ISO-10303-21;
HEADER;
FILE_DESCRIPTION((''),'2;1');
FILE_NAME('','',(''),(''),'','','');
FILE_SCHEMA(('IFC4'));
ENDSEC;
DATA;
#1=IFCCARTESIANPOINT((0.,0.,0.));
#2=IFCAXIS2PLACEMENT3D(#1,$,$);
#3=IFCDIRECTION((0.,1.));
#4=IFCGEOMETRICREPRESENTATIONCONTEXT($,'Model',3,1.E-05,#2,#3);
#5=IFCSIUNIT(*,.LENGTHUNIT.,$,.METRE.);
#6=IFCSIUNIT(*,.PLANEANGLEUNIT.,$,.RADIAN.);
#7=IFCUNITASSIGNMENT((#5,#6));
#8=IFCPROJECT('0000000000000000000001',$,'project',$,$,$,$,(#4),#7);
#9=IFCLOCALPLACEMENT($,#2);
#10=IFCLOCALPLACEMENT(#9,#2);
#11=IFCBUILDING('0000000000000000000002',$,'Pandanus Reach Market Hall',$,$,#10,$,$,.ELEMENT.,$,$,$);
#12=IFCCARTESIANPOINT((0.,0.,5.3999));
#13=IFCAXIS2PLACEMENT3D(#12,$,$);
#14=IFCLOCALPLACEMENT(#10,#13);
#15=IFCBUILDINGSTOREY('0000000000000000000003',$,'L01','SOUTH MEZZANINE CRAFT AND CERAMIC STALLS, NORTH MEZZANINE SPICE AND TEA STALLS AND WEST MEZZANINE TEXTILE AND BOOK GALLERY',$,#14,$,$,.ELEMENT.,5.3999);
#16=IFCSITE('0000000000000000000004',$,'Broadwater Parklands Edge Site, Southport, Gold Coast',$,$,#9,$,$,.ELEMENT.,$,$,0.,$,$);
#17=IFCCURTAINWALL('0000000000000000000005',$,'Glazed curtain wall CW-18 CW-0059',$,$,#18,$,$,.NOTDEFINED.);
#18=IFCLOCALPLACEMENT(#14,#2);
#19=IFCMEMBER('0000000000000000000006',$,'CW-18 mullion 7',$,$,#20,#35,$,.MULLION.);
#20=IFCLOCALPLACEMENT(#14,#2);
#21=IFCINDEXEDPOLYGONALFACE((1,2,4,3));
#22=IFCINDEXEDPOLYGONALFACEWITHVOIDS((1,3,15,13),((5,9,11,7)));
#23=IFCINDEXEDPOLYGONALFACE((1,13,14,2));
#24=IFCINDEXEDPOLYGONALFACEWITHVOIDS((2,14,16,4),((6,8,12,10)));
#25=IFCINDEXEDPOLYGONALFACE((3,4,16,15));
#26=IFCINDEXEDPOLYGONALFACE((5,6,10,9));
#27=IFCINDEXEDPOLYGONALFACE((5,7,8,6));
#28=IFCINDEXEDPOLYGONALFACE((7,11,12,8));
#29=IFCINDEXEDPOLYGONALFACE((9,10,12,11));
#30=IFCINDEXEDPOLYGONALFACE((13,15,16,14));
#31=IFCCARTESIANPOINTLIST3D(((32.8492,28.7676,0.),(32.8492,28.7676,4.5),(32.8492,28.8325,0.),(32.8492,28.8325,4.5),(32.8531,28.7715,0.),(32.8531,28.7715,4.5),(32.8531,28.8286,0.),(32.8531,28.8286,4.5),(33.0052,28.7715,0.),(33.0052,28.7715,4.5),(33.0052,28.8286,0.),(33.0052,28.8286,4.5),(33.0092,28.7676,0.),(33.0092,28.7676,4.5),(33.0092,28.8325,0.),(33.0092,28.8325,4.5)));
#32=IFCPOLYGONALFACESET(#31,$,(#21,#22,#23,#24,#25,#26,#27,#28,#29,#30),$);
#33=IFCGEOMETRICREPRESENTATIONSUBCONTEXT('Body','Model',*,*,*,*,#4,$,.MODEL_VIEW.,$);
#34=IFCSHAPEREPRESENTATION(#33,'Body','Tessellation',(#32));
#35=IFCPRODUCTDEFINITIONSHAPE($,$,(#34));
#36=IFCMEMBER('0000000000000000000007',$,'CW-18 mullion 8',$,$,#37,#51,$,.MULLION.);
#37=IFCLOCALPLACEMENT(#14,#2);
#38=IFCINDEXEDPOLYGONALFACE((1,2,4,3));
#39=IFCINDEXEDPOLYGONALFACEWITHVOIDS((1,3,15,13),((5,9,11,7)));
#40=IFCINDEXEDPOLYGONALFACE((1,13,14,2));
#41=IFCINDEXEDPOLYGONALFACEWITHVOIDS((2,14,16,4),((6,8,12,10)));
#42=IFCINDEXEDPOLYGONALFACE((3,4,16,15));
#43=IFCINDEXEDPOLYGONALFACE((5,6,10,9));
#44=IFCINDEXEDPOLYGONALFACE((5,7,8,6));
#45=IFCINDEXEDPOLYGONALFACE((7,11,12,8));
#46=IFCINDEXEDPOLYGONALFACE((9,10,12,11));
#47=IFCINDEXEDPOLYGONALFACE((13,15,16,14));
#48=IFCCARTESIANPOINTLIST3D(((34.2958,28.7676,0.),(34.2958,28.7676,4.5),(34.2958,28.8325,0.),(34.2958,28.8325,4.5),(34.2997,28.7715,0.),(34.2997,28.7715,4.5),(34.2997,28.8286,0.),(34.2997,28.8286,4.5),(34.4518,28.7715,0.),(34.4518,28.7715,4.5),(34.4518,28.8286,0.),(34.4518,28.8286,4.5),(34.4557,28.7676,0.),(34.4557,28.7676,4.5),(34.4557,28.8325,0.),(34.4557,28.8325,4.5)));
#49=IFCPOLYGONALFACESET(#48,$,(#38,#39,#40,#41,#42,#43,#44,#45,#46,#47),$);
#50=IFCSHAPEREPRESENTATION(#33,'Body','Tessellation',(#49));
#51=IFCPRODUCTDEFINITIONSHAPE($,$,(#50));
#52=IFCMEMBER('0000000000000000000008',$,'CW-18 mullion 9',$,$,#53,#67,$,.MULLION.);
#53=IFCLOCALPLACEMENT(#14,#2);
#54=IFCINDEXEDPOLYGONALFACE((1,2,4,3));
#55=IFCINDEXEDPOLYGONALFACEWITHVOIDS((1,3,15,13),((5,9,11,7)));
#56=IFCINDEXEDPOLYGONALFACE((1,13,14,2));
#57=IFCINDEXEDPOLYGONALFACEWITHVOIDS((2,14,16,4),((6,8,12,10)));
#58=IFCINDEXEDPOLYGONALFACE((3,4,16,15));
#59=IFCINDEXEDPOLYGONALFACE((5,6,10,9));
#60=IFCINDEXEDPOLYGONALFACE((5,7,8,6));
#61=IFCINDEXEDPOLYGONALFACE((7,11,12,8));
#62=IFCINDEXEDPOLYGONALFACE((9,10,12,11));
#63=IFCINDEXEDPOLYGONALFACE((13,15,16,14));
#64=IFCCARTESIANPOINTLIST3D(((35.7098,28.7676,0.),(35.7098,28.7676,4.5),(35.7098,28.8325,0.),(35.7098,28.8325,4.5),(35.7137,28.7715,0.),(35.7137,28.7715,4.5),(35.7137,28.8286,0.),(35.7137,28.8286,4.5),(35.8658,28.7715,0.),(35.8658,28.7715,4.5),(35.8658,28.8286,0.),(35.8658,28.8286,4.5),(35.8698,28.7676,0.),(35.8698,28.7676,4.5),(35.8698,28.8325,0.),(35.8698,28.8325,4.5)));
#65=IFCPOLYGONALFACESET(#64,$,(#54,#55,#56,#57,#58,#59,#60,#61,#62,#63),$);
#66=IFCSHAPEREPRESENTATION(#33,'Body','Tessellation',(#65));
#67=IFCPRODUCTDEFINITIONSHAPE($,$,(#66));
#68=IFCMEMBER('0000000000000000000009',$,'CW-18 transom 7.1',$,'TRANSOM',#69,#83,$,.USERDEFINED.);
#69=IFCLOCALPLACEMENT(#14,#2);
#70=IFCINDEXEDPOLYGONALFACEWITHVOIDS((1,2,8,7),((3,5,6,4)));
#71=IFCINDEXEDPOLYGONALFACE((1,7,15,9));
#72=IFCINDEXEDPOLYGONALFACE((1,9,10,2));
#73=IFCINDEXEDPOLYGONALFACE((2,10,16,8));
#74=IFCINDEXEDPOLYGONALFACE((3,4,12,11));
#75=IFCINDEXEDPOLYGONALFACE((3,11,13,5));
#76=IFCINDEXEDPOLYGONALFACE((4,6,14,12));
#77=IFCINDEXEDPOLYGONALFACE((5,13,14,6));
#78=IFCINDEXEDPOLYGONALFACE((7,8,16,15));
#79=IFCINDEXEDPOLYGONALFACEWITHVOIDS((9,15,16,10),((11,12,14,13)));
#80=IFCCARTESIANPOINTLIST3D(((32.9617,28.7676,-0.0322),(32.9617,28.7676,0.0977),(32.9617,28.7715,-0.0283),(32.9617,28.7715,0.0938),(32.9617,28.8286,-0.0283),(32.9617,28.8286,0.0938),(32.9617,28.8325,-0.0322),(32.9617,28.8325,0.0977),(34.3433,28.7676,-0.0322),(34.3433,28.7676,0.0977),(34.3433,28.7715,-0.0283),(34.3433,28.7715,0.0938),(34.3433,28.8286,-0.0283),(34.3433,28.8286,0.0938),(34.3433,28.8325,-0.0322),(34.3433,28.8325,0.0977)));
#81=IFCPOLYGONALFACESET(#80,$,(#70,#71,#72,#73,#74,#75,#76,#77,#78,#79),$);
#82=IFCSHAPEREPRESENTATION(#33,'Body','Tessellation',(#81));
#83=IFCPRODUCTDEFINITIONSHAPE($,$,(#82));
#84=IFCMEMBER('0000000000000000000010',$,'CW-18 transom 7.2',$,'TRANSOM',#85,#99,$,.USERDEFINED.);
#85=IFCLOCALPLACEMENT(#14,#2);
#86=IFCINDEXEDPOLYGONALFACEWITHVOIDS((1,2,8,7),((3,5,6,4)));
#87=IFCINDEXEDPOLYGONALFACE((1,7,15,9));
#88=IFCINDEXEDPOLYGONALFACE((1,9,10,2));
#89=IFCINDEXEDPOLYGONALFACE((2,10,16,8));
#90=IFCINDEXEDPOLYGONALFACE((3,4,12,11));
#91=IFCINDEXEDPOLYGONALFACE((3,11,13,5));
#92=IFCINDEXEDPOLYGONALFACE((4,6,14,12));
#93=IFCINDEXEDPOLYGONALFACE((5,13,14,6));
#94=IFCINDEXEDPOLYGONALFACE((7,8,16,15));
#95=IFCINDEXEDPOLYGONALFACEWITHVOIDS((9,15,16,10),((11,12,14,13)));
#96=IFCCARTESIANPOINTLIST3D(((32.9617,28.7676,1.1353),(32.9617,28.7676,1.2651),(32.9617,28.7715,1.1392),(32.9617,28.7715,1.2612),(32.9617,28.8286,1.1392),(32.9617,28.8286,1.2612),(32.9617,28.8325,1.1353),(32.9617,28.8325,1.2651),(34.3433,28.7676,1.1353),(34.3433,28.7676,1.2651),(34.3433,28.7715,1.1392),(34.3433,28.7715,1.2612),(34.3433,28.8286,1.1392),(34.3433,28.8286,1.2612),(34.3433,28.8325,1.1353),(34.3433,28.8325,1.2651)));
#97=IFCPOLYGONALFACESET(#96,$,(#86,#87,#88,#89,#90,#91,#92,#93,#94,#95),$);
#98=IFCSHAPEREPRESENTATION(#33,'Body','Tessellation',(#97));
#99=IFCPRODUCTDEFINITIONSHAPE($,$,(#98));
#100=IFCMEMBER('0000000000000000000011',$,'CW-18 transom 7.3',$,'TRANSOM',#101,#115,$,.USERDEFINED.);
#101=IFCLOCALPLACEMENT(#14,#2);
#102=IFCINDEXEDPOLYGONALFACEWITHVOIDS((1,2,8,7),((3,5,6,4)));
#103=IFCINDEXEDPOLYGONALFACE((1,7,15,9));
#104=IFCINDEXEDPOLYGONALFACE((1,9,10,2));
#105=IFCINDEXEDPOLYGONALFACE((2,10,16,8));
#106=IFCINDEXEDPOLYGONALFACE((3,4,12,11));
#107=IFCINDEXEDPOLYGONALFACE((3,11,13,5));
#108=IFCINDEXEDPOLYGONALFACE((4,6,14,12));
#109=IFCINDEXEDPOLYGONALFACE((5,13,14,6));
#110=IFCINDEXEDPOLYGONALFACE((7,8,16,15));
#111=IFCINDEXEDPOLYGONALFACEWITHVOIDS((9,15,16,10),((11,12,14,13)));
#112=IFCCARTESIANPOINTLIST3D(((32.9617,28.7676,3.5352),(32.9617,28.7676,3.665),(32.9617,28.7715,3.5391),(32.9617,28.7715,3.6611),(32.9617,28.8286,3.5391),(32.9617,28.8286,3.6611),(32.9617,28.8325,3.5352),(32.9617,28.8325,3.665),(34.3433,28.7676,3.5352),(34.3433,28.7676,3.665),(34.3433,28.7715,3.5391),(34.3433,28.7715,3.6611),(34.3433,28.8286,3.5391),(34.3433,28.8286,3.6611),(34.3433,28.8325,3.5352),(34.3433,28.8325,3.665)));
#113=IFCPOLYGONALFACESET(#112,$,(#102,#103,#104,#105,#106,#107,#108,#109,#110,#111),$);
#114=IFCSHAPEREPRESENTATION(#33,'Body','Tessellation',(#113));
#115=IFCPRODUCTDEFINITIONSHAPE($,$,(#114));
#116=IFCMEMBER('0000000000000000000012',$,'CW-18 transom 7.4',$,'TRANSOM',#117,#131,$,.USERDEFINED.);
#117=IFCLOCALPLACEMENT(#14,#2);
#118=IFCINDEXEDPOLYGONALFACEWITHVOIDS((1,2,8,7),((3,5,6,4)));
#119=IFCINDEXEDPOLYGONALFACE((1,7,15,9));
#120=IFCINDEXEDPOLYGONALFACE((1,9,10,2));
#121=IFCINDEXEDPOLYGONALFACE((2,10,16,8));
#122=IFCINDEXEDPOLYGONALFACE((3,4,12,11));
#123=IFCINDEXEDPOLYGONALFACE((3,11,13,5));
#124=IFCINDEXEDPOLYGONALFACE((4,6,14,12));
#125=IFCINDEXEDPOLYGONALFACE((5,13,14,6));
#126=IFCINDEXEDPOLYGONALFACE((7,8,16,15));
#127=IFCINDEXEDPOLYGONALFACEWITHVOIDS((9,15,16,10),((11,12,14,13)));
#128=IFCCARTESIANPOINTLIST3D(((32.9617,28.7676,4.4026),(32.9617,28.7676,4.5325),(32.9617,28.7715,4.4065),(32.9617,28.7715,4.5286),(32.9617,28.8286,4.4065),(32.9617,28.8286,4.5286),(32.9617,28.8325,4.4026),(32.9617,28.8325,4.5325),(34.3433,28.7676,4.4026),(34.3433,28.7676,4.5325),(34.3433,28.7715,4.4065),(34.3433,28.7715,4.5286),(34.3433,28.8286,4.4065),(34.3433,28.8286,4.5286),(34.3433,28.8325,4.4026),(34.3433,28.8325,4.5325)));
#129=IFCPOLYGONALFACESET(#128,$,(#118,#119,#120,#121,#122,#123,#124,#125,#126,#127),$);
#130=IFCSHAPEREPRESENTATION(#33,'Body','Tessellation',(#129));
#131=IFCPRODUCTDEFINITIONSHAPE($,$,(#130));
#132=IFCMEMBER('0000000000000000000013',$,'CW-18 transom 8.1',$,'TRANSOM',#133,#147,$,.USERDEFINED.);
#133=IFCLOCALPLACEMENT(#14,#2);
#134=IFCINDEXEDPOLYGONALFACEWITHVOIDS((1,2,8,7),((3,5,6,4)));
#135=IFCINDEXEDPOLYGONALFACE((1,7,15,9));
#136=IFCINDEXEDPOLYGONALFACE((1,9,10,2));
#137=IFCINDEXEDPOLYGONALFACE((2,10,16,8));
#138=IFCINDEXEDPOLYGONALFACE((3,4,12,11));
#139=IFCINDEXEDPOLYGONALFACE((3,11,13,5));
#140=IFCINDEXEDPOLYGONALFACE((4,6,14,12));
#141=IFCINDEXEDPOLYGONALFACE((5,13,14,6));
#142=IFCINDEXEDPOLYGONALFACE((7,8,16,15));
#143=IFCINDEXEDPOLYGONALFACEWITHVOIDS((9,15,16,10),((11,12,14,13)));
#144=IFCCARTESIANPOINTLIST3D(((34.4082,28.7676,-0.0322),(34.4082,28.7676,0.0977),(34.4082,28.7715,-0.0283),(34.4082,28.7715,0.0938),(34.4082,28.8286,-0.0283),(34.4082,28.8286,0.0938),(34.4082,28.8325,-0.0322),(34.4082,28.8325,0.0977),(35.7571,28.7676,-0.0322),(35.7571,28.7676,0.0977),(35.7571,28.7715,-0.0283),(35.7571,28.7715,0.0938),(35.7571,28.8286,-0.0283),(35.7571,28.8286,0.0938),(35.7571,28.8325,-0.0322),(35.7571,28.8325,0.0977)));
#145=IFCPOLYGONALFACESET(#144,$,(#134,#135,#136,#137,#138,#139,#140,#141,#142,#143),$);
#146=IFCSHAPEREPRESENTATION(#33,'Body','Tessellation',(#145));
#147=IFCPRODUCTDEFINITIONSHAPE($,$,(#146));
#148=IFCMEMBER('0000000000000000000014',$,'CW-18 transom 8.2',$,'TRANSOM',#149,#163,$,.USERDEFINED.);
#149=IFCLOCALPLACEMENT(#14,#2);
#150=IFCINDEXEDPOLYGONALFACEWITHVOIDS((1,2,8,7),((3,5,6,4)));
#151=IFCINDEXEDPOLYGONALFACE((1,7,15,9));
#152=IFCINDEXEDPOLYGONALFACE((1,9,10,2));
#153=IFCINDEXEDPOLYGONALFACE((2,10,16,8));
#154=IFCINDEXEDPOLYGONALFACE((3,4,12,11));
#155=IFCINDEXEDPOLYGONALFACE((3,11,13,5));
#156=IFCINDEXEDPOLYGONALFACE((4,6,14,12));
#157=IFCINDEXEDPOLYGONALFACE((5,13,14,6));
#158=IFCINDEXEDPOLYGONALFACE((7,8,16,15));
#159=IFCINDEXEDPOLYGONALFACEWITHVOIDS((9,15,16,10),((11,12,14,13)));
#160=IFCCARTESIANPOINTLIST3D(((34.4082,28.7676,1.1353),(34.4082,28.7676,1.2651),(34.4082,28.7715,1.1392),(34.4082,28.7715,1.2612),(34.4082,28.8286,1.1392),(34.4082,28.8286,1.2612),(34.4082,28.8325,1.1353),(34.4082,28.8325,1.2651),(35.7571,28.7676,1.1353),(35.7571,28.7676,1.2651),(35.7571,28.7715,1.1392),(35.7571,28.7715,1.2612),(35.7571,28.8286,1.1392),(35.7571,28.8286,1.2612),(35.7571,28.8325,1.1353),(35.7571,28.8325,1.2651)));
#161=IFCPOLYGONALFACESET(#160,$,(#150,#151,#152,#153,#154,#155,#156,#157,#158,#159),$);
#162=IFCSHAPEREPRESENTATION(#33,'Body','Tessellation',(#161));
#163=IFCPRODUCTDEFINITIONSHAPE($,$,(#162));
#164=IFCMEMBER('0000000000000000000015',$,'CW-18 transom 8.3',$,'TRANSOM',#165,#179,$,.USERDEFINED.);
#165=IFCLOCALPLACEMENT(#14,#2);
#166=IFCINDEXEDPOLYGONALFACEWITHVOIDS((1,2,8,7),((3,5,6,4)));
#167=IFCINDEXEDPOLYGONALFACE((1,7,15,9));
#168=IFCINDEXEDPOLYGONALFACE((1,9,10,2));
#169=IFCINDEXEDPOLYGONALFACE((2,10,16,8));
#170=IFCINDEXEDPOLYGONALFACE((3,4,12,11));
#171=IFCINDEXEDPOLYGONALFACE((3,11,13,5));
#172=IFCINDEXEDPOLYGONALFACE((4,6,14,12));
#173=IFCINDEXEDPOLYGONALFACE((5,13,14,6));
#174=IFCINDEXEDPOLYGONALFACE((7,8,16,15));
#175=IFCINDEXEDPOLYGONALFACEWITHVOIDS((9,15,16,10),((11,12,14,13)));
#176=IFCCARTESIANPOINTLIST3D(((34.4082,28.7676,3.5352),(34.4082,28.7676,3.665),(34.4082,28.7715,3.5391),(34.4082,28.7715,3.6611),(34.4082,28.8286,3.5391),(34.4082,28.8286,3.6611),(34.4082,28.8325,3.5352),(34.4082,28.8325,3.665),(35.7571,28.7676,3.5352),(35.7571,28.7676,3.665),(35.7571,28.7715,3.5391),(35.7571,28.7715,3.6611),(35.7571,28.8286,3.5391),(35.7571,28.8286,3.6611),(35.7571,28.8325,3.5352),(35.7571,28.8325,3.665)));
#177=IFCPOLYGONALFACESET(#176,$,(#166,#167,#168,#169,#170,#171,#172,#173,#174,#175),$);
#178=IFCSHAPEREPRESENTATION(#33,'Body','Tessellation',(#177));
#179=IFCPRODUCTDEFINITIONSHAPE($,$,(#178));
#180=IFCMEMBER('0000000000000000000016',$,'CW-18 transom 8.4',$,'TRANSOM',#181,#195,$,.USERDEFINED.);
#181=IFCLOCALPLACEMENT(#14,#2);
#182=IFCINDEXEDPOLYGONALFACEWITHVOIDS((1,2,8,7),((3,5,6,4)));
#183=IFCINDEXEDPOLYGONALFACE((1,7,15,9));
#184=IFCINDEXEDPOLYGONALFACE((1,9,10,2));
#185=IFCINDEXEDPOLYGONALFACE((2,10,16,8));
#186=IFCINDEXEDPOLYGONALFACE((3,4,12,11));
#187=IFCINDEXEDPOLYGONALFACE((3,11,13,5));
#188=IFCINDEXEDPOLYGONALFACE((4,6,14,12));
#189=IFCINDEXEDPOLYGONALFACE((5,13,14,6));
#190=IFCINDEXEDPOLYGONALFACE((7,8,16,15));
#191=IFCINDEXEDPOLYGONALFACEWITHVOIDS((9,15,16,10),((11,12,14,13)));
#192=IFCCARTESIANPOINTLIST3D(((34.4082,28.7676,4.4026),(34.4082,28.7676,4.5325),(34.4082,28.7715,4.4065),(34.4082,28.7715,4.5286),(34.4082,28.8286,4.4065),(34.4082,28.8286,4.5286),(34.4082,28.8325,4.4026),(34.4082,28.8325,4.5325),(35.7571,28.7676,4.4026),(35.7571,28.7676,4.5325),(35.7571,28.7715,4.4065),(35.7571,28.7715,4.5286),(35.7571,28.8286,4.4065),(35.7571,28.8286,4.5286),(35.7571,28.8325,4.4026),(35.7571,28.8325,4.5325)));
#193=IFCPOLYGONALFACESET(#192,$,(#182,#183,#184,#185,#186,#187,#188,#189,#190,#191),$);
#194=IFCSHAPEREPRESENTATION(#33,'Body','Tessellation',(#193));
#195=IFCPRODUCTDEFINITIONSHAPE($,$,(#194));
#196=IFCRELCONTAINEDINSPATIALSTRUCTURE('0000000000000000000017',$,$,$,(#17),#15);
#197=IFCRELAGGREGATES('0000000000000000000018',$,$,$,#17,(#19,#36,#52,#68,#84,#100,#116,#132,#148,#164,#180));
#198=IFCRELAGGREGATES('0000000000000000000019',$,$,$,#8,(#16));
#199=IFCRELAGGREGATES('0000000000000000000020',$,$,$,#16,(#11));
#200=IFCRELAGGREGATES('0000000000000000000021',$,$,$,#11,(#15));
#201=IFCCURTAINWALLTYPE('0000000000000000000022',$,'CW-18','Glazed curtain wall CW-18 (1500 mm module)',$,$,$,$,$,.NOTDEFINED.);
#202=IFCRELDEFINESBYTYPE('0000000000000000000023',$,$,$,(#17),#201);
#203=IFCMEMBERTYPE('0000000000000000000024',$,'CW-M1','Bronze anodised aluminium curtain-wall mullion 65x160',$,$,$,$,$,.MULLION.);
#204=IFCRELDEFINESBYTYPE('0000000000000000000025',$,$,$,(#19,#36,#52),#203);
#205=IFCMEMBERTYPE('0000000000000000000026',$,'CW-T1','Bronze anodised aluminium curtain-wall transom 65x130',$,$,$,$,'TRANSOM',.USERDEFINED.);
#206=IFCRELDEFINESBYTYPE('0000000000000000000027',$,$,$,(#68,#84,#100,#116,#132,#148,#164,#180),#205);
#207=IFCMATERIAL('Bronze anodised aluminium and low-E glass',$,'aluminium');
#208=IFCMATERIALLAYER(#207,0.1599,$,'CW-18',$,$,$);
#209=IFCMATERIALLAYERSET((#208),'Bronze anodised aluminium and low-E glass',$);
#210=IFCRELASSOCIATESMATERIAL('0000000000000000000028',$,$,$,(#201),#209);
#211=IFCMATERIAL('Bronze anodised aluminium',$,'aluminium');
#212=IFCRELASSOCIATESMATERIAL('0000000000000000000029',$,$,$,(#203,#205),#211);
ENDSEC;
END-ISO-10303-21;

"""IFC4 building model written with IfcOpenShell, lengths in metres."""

from ifc_helpers import new_model, si_unit, direction, frame, origin, origin_2d, place, context, subcontext, project, spatial, hollow_rectangle, extrude, material, layer, layer_set, material_profile, profile_set, type_object, element, aggregate, save


model = new_model("IFC4")

# Units and contexts
model_context = context("Model", 3, precision=1e-05, world=origin(), true_north=direction((0.0, 1.0)))
body_context = subcontext(model_context, "Body", "Model", "MODEL_VIEW")
ifc_project = project(units=[si_unit("LENGTHUNIT", "METRE"), si_unit("PLANEANGLEUNIT", "RADIAN")], contexts=[model_context])

# Site, building, storey
site_placement = place(None, origin())
site = spatial("IfcSite", under=ifc_project, at=site_placement, Name="Broadwater Parklands Edge Site, Southport, Gold Coast", CompositionType="ELEMENT", RefElevation=0.0)
building_placement = place(site_placement, origin())
building = spatial("IfcBuilding", under=site, at=building_placement, Name="Pandanus Reach Market Hall", CompositionType="ELEMENT")
storey_placement = place(building_placement, frame((0.0, 0.0, 5.3999)))
storey = spatial("IfcBuildingStorey", under=building, at=storey_placement, Name="L01", Description="SOUTH MEZZANINE CRAFT AND CERAMIC STALLS, NORTH MEZZANINE SPICE AND TEA STALLS AND WEST MEZZANINE TEXTILE AND BOOK GALLERY", CompositionType="ELEMENT", Elevation=5.3999)

# Curtain wall, members
ifc_material_1 = material(Name="Bronze anodised aluminium and low-E glass", Category="aluminium")
ifc_layer_1 = layer(ifc_material_1, 0.1599, Name="CW-18")
ifc_layer_set_1 = layer_set([ifc_layer_1], Name="Bronze anodised aluminium and low-E glass")
curtain_wall_type = type_object("IfcCurtainWallType", Name="CW-18", Description="Glazed curtain wall CW-18 (1500 mm module)", PredefinedType="NOTDEFINED", material=ifc_layer_set_1)
curtain_wall_placement = place(storey_placement, origin())
curtain_wall = element("IfcCurtainWall", 1, at=curtain_wall_placement, inside=storey, type_object=curtain_wall_type, Name="Glazed curtain wall CW-18 CW-0059", PredefinedType="NOTDEFINED")
ifc_material_2 = material(Name="Bronze anodised aluminium", Category="aluminium")
ifc_material_profile_1 = material_profile(ifc_material_2, hollow_rectangle(XDim=0.0649, YDim=0.1599, WallThickness=0.0039, at=origin_2d()), Name="ALU65x160", Category="LoadBearing")
ifc_profile_set_1 = profile_set([ifc_material_profile_1], Name="Bronze anodised aluminium")
member_type_1 = type_object("IfcMemberType", Name="CW-M1", Description="Bronze anodised aluminium curtain-wall mullion 65x160", PredefinedType="MULLION", material=ifc_profile_set_1)
member_1_placement = place(storey_placement, frame((32.9292, 28.8, 0.0), z_axis=(0.0, 0.0, 1.0), x_axis=(0.0, 1.0, 0.0)))
member_1 = element("IfcMember", 2, at=member_1_placement, type_object=member_type_1, Name="CW-18 mullion 7", PredefinedType="MULLION", context=body_context, shape_type="SweptSolid", body=[
    extrude(hollow_rectangle(XDim=0.0649, YDim=0.1599, WallThickness=0.0039, at=origin_2d()), origin(), (0.0, 0.0, 1.0), 4.5),
])
member_2_placement = place(storey_placement, frame((34.3757, 28.8, 0.0), z_axis=(0.0, 0.0, 1.0), x_axis=(0.0, 1.0, 0.0)))
member_2 = element("IfcMember", 3, at=member_2_placement, type_object=member_type_1, Name="CW-18 mullion 8", PredefinedType="MULLION", context=body_context, shape_type="SweptSolid", body=[
    extrude(hollow_rectangle(XDim=0.0649, YDim=0.1599, WallThickness=0.0039, at=origin_2d()), origin(), (0.0, 0.0, 1.0), 4.5),
])
member_3_placement = place(storey_placement, frame((35.7898, 28.8, 0.0), z_axis=(0.0, 0.0, 1.0), x_axis=(0.0, 1.0, 0.0)))
member_3 = element("IfcMember", 4, at=member_3_placement, type_object=member_type_1, Name="CW-18 mullion 9", PredefinedType="MULLION", context=body_context, shape_type="SweptSolid", body=[
    extrude(hollow_rectangle(XDim=0.0649, YDim=0.1599, WallThickness=0.0039, at=origin_2d()), origin(), (0.0, 0.0, 1.0), 4.5),
])
ifc_material_profile_2 = material_profile(ifc_material_2, hollow_rectangle(XDim=0.0649, YDim=0.1299, WallThickness=0.0039, at=origin_2d()), Name="ALU65x130", Category="LoadBearing")
ifc_profile_set_2 = profile_set([ifc_material_profile_2], Name="Bronze anodised aluminium")
member_type_2 = type_object("IfcMemberType", Name="CW-T1", Description="Bronze anodised aluminium curtain-wall transom 65x130", ElementType="TRANSOM", PredefinedType="USERDEFINED", material=ifc_profile_set_2)
member_4_placement = place(storey_placement, frame((32.9617, 28.8, 0.0327), z_axis=(1.0, 0.0, 0.0), x_axis=(0.0, 1.0, 0.0)))
member_4 = element("IfcMember", 5, at=member_4_placement, type_object=member_type_2, Name="CW-18 transom 7.1", ObjectType="TRANSOM", PredefinedType="USERDEFINED", context=body_context, shape_type="SweptSolid", body=[
    extrude(hollow_rectangle(XDim=0.0649, YDim=0.1299, WallThickness=0.0039, at=origin_2d()), origin(), (0.0, 0.0, 1.0), 1.3816),
])
member_5_placement = place(storey_placement, frame((32.9617, 28.8, 1.2002), z_axis=(1.0, 0.0, 0.0), x_axis=(0.0, 1.0, 0.0)))
member_5 = element("IfcMember", 6, at=member_5_placement, type_object=member_type_2, Name="CW-18 transom 7.2", ObjectType="TRANSOM", PredefinedType="USERDEFINED", context=body_context, shape_type="SweptSolid", body=[
    extrude(hollow_rectangle(XDim=0.0649, YDim=0.1299, WallThickness=0.0039, at=origin_2d()), origin(), (0.0, 0.0, 1.0), 1.3816),
])
member_6_placement = place(storey_placement, frame((32.9617, 28.8, 3.6001), z_axis=(1.0, 0.0, 0.0), x_axis=(0.0, 1.0, 0.0)))
member_6 = element("IfcMember", 7, at=member_6_placement, type_object=member_type_2, Name="CW-18 transom 7.3", ObjectType="TRANSOM", PredefinedType="USERDEFINED", context=body_context, shape_type="SweptSolid", body=[
    extrude(hollow_rectangle(XDim=0.0649, YDim=0.1299, WallThickness=0.0039, at=origin_2d()), origin(), (0.0, 0.0, 1.0), 1.3816),
])
member_7_placement = place(storey_placement, frame((32.9617, 28.8, 4.4675), z_axis=(1.0, 0.0, 0.0), x_axis=(0.0, 1.0, 0.0)))
member_7 = element("IfcMember", 8, at=member_7_placement, type_object=member_type_2, Name="CW-18 transom 7.4", ObjectType="TRANSOM", PredefinedType="USERDEFINED", context=body_context, shape_type="SweptSolid", body=[
    extrude(hollow_rectangle(XDim=0.0649, YDim=0.1299, WallThickness=0.0039, at=origin_2d()), origin(), (0.0, 0.0, 1.0), 1.3816),
])
member_8_placement = place(storey_placement, frame((34.4082, 28.8, 0.0327), z_axis=(1.0, 0.0, 0.0), x_axis=(0.0, 1.0, 0.0)))
member_8 = element("IfcMember", 9, at=member_8_placement, type_object=member_type_2, Name="CW-18 transom 8.1", ObjectType="TRANSOM", PredefinedType="USERDEFINED", context=body_context, shape_type="SweptSolid", body=[
    extrude(hollow_rectangle(XDim=0.0649, YDim=0.1299, WallThickness=0.0039, at=origin_2d()), origin(), (0.0, 0.0, 1.0), 1.3489),
])
member_9_placement = place(storey_placement, frame((34.4082, 28.8, 1.2002), z_axis=(1.0, 0.0, 0.0), x_axis=(0.0, 1.0, 0.0)))
member_9 = element("IfcMember", 10, at=member_9_placement, type_object=member_type_2, Name="CW-18 transom 8.2", ObjectType="TRANSOM", PredefinedType="USERDEFINED", context=body_context, shape_type="SweptSolid", body=[
    extrude(hollow_rectangle(XDim=0.0649, YDim=0.1299, WallThickness=0.0039, at=origin_2d()), origin(), (0.0, 0.0, 1.0), 1.3489),
])
member_10_placement = place(storey_placement, frame((34.4082, 28.8, 3.6001), z_axis=(1.0, 0.0, 0.0), x_axis=(0.0, 1.0, 0.0)))
member_10 = element("IfcMember", 11, at=member_10_placement, type_object=member_type_2, Name="CW-18 transom 8.3", ObjectType="TRANSOM", PredefinedType="USERDEFINED", context=body_context, shape_type="SweptSolid", body=[
    extrude(hollow_rectangle(XDim=0.0649, YDim=0.1299, WallThickness=0.0039, at=origin_2d()), origin(), (0.0, 0.0, 1.0), 1.3489),
])
member_11_placement = place(storey_placement, frame((34.4082, 28.8, 4.4675), z_axis=(1.0, 0.0, 0.0), x_axis=(0.0, 1.0, 0.0)))
member_11 = element("IfcMember", 12, at=member_11_placement, type_object=member_type_2, Name="CW-18 transom 8.4", ObjectType="TRANSOM", PredefinedType="USERDEFINED", context=body_context, shape_type="SweptSolid", body=[
    extrude(hollow_rectangle(XDim=0.0649, YDim=0.1299, WallThickness=0.0039, at=origin_2d()), origin(), (0.0, 0.0, 1.0), 1.3489),
])
aggregate(curtain_wall, [member_1, member_2, member_3, member_4, member_5, member_6, member_7, member_8, member_9, member_10, member_11])

save(model, "model.ifc")
